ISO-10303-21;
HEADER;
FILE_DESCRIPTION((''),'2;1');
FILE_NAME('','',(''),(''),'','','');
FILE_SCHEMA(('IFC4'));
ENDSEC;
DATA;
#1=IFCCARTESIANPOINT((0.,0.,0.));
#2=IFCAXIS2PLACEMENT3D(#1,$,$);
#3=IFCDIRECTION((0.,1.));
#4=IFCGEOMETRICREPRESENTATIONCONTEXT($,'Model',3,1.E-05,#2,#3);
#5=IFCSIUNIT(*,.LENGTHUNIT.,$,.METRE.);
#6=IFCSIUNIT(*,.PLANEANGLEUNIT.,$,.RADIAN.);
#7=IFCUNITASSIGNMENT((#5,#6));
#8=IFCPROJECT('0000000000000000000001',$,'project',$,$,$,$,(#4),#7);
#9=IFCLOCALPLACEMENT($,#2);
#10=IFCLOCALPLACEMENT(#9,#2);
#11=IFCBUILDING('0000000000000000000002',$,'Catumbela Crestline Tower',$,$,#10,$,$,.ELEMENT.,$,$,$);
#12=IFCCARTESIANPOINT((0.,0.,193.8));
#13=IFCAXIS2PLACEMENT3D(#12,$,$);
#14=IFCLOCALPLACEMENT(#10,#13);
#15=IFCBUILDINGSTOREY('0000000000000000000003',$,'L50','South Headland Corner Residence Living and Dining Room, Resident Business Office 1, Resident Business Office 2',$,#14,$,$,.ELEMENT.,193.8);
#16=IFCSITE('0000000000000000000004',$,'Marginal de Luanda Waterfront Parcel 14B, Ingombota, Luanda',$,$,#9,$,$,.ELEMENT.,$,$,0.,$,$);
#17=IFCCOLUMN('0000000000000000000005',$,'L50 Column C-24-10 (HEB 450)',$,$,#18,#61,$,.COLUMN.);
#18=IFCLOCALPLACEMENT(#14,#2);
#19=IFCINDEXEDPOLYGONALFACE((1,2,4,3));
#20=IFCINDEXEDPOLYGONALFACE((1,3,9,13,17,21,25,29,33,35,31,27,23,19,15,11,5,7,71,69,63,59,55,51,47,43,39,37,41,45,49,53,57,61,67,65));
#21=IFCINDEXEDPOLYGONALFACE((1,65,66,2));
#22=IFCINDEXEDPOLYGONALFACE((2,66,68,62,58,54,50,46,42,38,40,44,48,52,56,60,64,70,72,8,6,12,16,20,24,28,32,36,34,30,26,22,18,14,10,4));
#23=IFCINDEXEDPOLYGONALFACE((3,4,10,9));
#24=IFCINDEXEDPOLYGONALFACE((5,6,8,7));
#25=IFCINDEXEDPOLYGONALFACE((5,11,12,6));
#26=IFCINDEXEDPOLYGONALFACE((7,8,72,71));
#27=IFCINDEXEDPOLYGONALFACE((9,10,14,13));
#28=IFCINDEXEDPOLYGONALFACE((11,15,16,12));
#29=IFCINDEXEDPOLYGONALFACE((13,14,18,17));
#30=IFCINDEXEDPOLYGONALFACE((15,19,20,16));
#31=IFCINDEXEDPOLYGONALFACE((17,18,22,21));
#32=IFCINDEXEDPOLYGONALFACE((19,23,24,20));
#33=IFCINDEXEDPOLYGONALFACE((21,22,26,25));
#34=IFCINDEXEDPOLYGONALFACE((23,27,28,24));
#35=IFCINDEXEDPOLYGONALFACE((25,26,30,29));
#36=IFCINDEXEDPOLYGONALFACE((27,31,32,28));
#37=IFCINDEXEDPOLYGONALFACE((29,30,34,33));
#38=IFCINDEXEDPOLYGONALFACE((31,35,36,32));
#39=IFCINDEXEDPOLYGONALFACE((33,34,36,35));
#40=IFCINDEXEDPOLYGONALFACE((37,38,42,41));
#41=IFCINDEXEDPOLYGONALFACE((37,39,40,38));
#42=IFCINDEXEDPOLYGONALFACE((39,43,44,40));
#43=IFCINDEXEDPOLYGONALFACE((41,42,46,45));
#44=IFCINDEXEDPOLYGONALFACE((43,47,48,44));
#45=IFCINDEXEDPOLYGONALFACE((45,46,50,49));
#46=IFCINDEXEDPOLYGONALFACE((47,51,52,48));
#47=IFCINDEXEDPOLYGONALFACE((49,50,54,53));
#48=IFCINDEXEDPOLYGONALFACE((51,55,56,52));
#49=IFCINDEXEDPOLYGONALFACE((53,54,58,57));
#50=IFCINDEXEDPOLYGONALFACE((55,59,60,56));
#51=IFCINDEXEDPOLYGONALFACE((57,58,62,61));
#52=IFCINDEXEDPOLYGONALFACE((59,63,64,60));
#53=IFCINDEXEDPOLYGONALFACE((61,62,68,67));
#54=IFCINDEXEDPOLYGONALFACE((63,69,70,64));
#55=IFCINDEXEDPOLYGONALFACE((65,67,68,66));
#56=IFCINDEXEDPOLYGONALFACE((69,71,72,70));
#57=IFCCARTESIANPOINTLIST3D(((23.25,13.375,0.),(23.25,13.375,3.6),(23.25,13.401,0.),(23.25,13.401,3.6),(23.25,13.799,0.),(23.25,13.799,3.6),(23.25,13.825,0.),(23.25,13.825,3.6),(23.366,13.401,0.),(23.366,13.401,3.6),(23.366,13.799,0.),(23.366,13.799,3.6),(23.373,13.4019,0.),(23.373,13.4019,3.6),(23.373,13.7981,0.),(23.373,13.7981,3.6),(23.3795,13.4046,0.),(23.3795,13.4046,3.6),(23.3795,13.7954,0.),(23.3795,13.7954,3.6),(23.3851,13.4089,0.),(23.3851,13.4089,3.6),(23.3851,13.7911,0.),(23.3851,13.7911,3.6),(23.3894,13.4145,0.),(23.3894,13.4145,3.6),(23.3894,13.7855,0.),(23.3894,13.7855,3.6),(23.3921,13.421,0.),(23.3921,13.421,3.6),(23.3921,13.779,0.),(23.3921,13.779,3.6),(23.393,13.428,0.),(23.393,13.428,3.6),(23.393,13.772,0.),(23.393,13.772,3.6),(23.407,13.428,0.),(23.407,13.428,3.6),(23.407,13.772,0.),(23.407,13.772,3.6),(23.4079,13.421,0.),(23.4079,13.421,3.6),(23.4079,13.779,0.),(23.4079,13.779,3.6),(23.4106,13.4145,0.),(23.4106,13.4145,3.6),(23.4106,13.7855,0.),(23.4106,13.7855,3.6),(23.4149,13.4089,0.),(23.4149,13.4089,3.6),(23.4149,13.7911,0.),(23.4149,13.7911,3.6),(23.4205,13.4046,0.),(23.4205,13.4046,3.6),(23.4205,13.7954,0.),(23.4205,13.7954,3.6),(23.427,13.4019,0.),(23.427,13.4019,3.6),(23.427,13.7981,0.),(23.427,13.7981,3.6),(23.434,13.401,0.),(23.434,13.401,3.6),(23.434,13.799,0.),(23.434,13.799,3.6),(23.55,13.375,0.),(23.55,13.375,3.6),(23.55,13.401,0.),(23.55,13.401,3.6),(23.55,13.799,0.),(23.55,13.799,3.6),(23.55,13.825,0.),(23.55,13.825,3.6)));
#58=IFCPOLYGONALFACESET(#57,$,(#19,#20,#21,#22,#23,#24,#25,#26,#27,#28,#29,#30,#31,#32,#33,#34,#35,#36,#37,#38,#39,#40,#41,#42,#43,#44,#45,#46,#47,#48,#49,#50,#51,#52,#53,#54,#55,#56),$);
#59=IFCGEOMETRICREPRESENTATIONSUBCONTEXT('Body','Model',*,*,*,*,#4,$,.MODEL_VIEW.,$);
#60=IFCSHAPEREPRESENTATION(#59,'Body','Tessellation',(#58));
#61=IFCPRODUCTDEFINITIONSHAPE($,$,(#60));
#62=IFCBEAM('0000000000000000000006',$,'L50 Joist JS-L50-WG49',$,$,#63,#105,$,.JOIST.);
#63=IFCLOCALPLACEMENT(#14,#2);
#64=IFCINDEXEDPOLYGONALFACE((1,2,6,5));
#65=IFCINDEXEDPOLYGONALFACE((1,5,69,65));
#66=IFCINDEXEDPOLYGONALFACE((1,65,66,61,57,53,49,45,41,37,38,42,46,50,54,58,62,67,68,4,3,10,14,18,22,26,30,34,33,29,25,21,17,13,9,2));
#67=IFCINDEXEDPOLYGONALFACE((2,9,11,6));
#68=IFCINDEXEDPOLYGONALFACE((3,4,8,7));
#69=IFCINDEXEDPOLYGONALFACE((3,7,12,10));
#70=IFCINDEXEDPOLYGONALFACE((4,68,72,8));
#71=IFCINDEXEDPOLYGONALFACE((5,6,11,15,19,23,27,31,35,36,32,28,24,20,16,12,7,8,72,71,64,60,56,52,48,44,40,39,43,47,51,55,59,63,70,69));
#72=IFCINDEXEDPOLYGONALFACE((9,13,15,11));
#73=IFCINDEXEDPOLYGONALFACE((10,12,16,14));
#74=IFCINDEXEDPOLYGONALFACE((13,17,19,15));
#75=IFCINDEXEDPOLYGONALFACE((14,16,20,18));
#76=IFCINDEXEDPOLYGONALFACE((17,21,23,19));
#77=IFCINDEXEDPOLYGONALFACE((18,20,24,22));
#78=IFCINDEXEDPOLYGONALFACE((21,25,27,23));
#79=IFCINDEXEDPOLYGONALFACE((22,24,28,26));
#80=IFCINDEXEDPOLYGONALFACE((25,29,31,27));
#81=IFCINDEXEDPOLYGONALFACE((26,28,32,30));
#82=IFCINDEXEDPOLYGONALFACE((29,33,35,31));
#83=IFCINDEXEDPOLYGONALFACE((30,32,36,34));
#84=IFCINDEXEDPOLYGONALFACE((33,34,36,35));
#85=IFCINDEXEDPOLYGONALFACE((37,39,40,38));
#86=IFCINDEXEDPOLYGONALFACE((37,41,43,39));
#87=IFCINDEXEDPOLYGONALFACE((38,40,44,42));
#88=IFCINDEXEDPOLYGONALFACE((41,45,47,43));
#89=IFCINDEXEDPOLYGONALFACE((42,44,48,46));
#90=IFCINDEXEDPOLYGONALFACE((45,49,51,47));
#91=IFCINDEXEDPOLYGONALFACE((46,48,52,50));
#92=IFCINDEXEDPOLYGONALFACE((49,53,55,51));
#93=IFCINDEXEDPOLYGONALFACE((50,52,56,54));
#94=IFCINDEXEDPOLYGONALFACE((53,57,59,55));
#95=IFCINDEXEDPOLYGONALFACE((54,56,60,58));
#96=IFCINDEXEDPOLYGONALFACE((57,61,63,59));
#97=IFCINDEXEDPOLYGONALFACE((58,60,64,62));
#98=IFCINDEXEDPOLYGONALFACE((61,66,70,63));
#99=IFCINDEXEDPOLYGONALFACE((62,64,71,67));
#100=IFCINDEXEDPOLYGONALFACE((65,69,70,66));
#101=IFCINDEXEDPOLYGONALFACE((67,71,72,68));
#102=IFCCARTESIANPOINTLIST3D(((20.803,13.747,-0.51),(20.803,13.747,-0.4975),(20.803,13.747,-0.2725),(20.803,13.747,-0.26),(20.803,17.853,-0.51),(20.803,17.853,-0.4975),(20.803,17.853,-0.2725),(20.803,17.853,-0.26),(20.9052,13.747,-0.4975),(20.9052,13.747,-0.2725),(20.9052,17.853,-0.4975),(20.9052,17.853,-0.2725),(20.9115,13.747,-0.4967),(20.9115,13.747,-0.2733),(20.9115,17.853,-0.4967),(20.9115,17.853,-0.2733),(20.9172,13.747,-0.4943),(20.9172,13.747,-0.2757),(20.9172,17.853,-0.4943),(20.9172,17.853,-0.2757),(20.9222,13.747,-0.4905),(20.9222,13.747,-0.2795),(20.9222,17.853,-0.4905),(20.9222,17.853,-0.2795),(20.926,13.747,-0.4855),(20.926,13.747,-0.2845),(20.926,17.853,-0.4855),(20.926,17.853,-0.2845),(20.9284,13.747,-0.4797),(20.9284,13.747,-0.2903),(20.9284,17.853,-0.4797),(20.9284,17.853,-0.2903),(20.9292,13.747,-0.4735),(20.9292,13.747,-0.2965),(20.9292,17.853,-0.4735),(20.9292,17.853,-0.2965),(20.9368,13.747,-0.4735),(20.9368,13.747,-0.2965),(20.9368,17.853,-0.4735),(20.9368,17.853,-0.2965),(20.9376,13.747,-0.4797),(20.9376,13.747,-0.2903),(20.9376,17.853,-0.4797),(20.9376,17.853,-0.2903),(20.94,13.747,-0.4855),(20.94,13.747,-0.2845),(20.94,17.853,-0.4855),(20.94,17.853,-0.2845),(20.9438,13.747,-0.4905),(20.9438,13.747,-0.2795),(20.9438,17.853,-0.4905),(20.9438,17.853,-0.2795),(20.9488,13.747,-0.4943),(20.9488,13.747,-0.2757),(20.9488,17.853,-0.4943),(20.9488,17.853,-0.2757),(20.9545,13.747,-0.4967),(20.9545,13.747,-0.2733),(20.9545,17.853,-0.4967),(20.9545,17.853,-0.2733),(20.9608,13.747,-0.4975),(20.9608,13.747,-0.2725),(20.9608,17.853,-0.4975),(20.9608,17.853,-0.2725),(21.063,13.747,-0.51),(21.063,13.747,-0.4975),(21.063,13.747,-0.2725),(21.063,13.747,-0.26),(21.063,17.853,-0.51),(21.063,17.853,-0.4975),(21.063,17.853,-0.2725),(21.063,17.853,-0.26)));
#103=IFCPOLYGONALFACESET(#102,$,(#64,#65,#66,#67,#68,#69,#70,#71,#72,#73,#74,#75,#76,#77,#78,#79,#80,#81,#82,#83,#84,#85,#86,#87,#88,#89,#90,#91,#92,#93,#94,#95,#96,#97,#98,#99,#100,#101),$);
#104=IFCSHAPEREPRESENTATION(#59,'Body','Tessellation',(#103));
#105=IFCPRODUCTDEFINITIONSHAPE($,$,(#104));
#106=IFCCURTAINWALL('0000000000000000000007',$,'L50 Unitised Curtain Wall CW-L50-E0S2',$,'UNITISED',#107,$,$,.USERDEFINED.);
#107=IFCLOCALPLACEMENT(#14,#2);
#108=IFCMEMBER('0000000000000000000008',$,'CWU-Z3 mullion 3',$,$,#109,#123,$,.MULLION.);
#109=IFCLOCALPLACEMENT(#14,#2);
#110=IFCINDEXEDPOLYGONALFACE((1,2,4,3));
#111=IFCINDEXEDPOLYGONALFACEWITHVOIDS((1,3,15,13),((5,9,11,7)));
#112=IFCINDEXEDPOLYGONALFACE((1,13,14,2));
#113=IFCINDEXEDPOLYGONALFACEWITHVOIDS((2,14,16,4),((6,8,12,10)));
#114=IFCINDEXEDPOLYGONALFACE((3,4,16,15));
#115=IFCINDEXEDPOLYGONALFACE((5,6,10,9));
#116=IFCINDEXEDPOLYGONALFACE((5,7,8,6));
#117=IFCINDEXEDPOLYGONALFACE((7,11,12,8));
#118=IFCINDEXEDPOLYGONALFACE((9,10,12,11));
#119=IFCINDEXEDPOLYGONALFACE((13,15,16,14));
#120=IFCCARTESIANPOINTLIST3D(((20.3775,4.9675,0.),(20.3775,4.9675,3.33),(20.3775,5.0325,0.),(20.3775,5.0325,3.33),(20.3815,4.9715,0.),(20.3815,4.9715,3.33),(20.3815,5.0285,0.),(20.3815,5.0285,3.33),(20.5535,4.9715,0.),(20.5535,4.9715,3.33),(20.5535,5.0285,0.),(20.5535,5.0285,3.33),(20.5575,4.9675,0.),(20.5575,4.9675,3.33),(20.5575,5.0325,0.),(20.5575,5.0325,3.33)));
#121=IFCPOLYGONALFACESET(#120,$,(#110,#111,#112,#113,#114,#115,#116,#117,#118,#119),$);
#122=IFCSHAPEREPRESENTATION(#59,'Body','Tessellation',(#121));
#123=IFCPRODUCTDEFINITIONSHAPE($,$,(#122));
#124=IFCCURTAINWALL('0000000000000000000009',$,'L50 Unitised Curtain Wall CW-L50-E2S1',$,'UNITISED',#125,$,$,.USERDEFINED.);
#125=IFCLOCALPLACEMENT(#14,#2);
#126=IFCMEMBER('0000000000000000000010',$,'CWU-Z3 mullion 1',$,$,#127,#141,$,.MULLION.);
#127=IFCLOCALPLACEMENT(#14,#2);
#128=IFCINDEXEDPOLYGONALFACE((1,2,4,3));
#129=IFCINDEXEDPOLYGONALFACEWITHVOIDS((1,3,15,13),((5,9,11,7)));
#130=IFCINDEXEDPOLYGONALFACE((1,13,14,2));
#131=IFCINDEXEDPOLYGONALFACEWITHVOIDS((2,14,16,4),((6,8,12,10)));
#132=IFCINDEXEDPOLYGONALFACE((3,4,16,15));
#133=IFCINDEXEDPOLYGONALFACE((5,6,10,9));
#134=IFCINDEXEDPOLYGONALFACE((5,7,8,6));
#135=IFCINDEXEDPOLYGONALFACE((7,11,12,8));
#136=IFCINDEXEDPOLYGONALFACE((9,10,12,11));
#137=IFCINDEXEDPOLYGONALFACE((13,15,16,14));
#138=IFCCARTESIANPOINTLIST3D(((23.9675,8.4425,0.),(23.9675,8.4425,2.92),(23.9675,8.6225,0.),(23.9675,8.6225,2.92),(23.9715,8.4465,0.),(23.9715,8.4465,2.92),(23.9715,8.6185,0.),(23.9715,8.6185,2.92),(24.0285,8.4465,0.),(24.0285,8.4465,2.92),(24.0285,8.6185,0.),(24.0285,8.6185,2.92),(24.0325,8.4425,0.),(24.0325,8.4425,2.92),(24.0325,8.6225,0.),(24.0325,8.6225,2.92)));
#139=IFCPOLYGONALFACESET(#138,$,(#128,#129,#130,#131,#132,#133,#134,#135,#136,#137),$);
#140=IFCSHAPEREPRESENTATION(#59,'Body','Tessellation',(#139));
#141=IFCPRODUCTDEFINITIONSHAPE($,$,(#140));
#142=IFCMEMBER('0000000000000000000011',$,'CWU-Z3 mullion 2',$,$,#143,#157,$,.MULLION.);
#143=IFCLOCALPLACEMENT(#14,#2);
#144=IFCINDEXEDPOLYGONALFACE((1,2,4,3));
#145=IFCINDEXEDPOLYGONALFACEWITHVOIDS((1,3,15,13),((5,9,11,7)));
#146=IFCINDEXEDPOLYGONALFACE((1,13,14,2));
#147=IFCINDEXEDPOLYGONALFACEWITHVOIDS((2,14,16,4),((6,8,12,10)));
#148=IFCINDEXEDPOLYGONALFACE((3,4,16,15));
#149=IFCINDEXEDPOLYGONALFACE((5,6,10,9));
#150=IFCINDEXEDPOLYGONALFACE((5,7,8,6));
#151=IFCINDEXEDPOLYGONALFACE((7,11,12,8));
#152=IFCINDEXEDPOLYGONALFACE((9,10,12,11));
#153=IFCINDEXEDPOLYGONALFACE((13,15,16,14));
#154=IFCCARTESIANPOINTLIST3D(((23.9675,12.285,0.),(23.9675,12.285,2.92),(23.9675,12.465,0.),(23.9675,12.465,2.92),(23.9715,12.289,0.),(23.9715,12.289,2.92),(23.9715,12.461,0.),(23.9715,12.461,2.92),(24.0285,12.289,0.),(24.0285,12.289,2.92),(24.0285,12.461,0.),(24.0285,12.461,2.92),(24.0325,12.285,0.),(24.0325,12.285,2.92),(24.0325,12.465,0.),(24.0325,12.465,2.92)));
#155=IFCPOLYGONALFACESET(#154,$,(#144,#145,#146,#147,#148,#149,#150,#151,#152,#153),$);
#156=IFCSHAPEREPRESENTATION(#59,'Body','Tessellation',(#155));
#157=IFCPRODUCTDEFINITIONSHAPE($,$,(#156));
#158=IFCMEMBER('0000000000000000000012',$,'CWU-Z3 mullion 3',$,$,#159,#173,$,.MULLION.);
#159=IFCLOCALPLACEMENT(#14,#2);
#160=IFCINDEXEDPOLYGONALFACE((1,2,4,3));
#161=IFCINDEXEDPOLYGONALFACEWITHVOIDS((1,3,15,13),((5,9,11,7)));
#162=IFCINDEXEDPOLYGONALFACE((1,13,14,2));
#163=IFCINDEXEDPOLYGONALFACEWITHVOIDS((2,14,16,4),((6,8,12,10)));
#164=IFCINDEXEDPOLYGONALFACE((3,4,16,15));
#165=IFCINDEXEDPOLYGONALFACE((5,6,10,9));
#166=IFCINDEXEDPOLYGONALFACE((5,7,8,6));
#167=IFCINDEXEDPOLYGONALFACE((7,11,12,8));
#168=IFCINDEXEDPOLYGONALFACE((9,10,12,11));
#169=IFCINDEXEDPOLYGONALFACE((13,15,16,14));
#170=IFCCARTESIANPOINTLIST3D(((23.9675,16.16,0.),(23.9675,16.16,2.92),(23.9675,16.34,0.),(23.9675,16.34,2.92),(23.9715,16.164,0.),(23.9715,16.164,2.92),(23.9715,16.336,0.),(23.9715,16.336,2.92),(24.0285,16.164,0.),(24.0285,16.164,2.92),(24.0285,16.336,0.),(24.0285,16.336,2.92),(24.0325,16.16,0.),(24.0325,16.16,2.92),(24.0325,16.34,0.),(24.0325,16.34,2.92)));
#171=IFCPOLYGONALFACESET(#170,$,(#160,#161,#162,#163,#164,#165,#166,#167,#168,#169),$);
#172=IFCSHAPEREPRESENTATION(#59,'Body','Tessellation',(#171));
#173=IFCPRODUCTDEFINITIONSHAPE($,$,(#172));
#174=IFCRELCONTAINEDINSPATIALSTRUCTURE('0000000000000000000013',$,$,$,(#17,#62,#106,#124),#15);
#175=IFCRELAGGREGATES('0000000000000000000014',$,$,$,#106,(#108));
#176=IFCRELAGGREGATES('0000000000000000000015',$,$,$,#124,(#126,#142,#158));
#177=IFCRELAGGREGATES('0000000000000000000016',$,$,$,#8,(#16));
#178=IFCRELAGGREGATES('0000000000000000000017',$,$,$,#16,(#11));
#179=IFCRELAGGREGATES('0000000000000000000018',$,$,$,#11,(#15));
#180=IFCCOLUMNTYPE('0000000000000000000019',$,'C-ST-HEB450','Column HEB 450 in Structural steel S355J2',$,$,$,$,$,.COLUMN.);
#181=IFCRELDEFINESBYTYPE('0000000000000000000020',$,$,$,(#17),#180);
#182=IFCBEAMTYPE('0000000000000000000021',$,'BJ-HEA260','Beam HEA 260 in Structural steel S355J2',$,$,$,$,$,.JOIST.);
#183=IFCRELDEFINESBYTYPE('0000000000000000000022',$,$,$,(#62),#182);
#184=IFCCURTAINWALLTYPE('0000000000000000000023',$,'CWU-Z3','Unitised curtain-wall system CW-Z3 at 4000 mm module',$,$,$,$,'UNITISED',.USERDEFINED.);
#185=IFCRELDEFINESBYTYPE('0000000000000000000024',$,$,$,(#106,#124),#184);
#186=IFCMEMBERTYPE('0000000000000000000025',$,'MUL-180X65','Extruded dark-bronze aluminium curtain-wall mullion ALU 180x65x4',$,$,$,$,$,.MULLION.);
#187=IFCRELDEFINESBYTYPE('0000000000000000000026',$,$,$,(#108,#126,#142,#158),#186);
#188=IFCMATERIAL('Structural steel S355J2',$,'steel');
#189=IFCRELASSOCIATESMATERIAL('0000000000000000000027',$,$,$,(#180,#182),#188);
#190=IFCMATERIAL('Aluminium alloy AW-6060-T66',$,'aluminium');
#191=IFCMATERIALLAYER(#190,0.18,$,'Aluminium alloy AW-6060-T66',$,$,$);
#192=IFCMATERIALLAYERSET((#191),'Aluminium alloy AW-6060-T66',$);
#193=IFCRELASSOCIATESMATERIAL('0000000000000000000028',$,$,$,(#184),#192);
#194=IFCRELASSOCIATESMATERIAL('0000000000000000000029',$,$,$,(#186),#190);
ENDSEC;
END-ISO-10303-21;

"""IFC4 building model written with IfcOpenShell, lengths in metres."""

from ifc_helpers import new_model, si_unit, direction, frame, origin, origin_2d, place, context, subcontext, project, spatial, hollow_rectangle, i_section, extrude, material, layer, layer_set, material_profile, profile_set, type_object, element, aggregate, save


model = new_model("IFC4")

# Units and contexts
model_context = context("Model", 3, precision=1e-05, world=origin(), true_north=direction((0.0, 1.0)))
body_context = subcontext(model_context, "Body", "Model", "MODEL_VIEW")
ifc_project = project(units=[si_unit("LENGTHUNIT", "METRE"), si_unit("PLANEANGLEUNIT", "RADIAN")], contexts=[model_context])

# Site, building, storey
site_placement = place(None, origin())
site = spatial("IfcSite", under=ifc_project, at=site_placement, Name="Marginal de Luanda Waterfront Parcel 14B, Ingombota, Luanda", CompositionType="ELEMENT", RefElevation=0.0)
building_placement = place(site_placement, origin())
building = spatial("IfcBuilding", under=site, at=building_placement, Name="Catumbela Crestline Tower", CompositionType="ELEMENT")
storey_placement = place(building_placement, frame((0.0, 0.0, 193.8)))
storey = spatial("IfcBuildingStorey", under=building, at=storey_placement, Name="L50", Description="South Headland Corner Residence Living and Dining Room, Resident Business Office 1, Resident Business Office 2", CompositionType="ELEMENT", Elevation=193.8)

# Column
ifc_material_1 = material(Name="Structural steel S355J2", Category="steel")
ifc_material_profile_1 = material_profile(ifc_material_1, i_section(OverallWidth=0.3, OverallDepth=0.45, WebThickness=0.014, FlangeThickness=0.026, FilletRadius=0.027, at=origin_2d()), Name="HEB 450")
ifc_profile_set_1 = profile_set([ifc_material_profile_1], Name="Structural steel S355J2")
column_type = type_object("IfcColumnType", Name="C-ST-HEB450", Description="Column HEB 450 in Structural steel S355J2", PredefinedType="COLUMN", material=ifc_profile_set_1)
column_placement = place(storey_placement, frame((23.4, 13.6, 0.0), z_axis=(0.0, 0.0, 1.0), x_axis=(1.0, 0.0, 0.0)))
element("IfcColumn", 1, at=column_placement, inside=storey, type_object=column_type, Name="L50 Column C-24-10 (HEB 450)", PredefinedType="COLUMN", context=body_context, shape_type="SweptSolid", body=[
    extrude(i_section(OverallWidth=0.3, OverallDepth=0.45, WebThickness=0.014, FlangeThickness=0.026, FilletRadius=0.027, at=origin_2d()), origin(), (0.0, 0.0, 1.0), 3.6),
])

# Beam
ifc_material_profile_2 = material_profile(ifc_material_1, i_section(OverallWidth=0.26, OverallDepth=0.25, WebThickness=0.0075, FlangeThickness=0.0125, FilletRadius=0.024, at=origin_2d()), Name="HEA 260")
ifc_profile_set_2 = profile_set([ifc_material_profile_2], Name="Structural steel S355J2")
beam_type_1 = type_object("IfcBeamType", Name="BJ-HEA260", Description="Beam HEA 260 in Structural steel S355J2", PredefinedType="JOIST", material=ifc_profile_set_2)
beam_1_placement = place(storey_placement, frame((20.933, 13.747, -0.385), z_axis=(0.0, 1.0, 0.0), x_axis=(-1.0, 0.0, 0.0)))
element("IfcBeam", 2, at=beam_1_placement, inside=storey, type_object=beam_type_1, Name="L50 Joist JS-L50-WG49", PredefinedType="JOIST", context=body_context, shape_type="SweptSolid", body=[
    extrude(i_section(OverallWidth=0.26, OverallDepth=0.25, WebThickness=0.0075, FlangeThickness=0.0125, FilletRadius=0.024, at=origin_2d()), origin(), (0.0, 0.0, 1.0), 4.106),
])

# Curtain wall, member
ifc_material_2 = material(Name="Aluminium alloy AW-6060-T66", Category="aluminium")
ifc_layer_1 = layer(ifc_material_2, 0.18, Name="Aluminium alloy AW-6060-T66")
ifc_layer_set_1 = layer_set([ifc_layer_1], Name="Aluminium alloy AW-6060-T66")
curtain_wall_type = type_object("IfcCurtainWallType", Name="CWU-Z3", Description="Unitised curtain-wall system CW-Z3 at 4000 mm module", ElementType="UNITISED", PredefinedType="USERDEFINED", material=ifc_layer_set_1)
curtain_wall_1_placement = place(storey_placement, origin())
curtain_wall_1 = element("IfcCurtainWall", 3, at=curtain_wall_1_placement, inside=storey, type_object=curtain_wall_type, Name="L50 Unitised Curtain Wall CW-L50-E0S2", ObjectType="UNITISED", PredefinedType="USERDEFINED")
ifc_material_profile_3 = material_profile(ifc_material_2, hollow_rectangle(XDim=0.065, YDim=0.18, WallThickness=0.004, at=origin_2d()), Name="ALU 180x65x4")
ifc_profile_set_3 = profile_set([ifc_material_profile_3], Name="Aluminium alloy AW-6060-T66")
member_type_1 = type_object("IfcMemberType", Name="MUL-180X65", Description="Extruded dark-bronze aluminium curtain-wall mullion ALU 180x65x4", PredefinedType="MULLION", material=ifc_profile_set_3)
member_1_placement = place(storey_placement, frame((20.4675, 5.0, 0.0), z_axis=(0.0, 0.0, 1.0), x_axis=(0.0, 1.0, 0.0)))
member_1 = element("IfcMember", 4, at=member_1_placement, type_object=member_type_1, Name="CWU-Z3 mullion 3", PredefinedType="MULLION", context=body_context, shape_type="SweptSolid", body=[
    extrude(hollow_rectangle(XDim=0.065, YDim=0.18, WallThickness=0.004, at=origin_2d()), origin(), (0.0, 0.0, 1.0), 3.33),
])
aggregate(curtain_wall_1, [member_1])

# Curtain wall, members
curtain_wall_2_placement = place(storey_placement, origin())
curtain_wall_2 = element("IfcCurtainWall", 5, at=curtain_wall_2_placement, inside=storey, type_object=curtain_wall_type, Name="L50 Unitised Curtain Wall CW-L50-E2S1", ObjectType="UNITISED", PredefinedType="USERDEFINED")
member_2_placement = place(storey_placement, frame((24.0, 8.5325, 0.0), z_axis=(0.0, 0.0, 1.0), x_axis=(-1.0, 0.0, 0.0)))
member_2 = element("IfcMember", 6, at=member_2_placement, type_object=member_type_1, Name="CWU-Z3 mullion 1", PredefinedType="MULLION", context=body_context, shape_type="SweptSolid", body=[
    extrude(hollow_rectangle(XDim=0.065, YDim=0.18, WallThickness=0.004, at=origin_2d()), origin(), (0.0, 0.0, 1.0), 2.92),
])
member_3_placement = place(storey_placement, frame((24.0, 12.375, 0.0), z_axis=(0.0, 0.0, 1.0), x_axis=(-1.0, 0.0, 0.0)))
member_3 = element("IfcMember", 7, at=member_3_placement, type_object=member_type_1, Name="CWU-Z3 mullion 2", PredefinedType="MULLION", context=body_context, shape_type="SweptSolid", body=[
    extrude(hollow_rectangle(XDim=0.065, YDim=0.18, WallThickness=0.004, at=origin_2d()), origin(), (0.0, 0.0, 1.0), 2.92),
])
member_4_placement = place(storey_placement, frame((24.0, 16.25, 0.0), z_axis=(0.0, 0.0, 1.0), x_axis=(-1.0, 0.0, 0.0)))
member_4 = element("IfcMember", 8, at=member_4_placement, type_object=member_type_1, Name="CWU-Z3 mullion 3", PredefinedType="MULLION", context=body_context, shape_type="SweptSolid", body=[
    extrude(hollow_rectangle(XDim=0.065, YDim=0.18, WallThickness=0.004, at=origin_2d()), origin(), (0.0, 0.0, 1.0), 2.92),
])

aggregate(curtain_wall_2, [member_2, member_3, member_4])

save(model, "model.ifc")
